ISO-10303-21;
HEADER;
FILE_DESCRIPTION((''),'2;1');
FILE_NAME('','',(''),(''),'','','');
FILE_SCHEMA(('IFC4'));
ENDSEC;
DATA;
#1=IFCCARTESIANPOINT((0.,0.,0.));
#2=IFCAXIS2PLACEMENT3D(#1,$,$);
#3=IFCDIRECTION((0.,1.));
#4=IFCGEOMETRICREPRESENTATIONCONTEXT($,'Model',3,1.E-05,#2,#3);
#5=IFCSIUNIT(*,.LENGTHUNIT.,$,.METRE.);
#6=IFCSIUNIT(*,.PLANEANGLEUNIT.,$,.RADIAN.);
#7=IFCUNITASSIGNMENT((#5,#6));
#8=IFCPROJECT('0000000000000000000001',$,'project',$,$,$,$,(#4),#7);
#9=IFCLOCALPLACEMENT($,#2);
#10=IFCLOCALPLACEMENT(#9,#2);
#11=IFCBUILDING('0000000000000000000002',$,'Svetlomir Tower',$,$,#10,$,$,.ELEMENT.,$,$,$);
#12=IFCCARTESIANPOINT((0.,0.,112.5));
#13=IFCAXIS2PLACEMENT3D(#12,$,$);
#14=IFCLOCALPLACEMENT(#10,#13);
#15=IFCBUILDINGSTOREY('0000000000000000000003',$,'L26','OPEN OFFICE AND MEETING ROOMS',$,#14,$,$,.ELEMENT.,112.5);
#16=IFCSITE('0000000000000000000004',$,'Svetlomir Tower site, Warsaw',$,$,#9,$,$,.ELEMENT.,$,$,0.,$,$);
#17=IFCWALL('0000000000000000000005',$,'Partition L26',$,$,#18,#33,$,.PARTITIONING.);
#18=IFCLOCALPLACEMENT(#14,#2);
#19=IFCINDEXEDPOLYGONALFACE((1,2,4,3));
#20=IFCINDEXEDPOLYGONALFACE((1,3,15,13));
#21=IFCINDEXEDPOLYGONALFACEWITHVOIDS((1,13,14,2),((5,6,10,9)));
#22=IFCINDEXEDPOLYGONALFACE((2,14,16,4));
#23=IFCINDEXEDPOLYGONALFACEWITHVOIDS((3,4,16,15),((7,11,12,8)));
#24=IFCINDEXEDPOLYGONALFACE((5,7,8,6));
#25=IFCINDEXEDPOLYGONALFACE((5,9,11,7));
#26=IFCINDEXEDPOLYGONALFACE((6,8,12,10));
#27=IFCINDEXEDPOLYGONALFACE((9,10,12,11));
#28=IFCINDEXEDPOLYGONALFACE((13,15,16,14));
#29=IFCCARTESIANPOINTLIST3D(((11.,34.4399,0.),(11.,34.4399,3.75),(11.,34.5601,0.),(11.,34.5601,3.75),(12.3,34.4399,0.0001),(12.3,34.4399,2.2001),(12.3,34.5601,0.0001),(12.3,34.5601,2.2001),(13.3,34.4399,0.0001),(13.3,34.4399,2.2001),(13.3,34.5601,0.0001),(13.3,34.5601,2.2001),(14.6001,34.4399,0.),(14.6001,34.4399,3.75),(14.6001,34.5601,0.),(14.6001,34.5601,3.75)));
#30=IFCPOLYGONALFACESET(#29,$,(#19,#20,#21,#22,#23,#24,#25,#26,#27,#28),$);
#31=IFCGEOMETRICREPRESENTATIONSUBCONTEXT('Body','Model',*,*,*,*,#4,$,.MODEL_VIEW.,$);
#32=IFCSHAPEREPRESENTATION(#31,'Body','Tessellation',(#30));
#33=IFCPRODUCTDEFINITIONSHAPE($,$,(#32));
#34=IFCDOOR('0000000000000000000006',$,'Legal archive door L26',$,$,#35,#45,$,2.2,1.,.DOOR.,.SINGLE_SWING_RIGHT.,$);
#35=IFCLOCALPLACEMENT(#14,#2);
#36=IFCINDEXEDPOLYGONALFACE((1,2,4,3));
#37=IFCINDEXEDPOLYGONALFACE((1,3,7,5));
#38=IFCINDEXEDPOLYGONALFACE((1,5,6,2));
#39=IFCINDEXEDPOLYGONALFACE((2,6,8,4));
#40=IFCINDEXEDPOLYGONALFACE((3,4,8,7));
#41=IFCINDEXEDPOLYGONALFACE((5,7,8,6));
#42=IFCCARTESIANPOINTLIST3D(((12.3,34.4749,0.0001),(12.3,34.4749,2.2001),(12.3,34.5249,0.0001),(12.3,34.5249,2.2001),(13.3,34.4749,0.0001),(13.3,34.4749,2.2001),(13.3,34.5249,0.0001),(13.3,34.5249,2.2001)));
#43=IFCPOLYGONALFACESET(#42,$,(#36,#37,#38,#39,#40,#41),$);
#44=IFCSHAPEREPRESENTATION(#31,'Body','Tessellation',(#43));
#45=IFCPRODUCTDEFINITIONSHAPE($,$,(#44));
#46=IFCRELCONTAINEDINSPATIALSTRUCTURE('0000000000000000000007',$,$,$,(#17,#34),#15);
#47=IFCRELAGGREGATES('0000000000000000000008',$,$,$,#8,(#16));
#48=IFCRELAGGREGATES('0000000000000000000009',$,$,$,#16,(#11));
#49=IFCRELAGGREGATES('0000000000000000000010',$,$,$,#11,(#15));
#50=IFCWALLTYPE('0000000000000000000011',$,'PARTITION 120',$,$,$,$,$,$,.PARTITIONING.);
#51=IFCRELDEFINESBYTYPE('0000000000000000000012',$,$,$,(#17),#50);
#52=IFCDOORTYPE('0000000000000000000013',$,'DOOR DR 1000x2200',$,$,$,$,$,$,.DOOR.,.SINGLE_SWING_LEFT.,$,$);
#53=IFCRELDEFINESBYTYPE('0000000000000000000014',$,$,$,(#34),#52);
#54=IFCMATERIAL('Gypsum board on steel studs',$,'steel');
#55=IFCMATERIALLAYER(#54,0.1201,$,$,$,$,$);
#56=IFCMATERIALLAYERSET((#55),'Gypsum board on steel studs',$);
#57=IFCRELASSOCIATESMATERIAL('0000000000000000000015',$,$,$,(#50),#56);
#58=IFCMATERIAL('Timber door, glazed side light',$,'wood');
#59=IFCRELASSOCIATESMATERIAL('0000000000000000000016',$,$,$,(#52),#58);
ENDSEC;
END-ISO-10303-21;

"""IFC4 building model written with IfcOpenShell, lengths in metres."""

from ifc_helpers import new_model, si_unit, direction, frame, frame_2d, origin, place, context, subcontext, project, spatial, rectangle, extrude, material, layer, layer_set, type_object, element, fill, save


model = new_model("IFC4")

# Units and contexts
model_context = context("Model", 3, precision=1e-05, world=origin(), true_north=direction((0.0, 1.0)))
body_context = subcontext(model_context, "Body", "Model", "MODEL_VIEW")
ifc_project = project(units=[si_unit("LENGTHUNIT", "METRE"), si_unit("PLANEANGLEUNIT", "RADIAN")], contexts=[model_context])

# Site, building, storey
site_placement = place(None, origin())
site = spatial("IfcSite", under=ifc_project, at=site_placement, Name="Svetlomir Tower site, Warsaw", CompositionType="ELEMENT", RefElevation=0.0)
building_placement = place(site_placement, origin())
building = spatial("IfcBuilding", under=site, at=building_placement, Name="Svetlomir Tower", CompositionType="ELEMENT")
storey_placement = place(building_placement, frame((0.0, 0.0, 112.5)))
storey = spatial("IfcBuildingStorey", under=building, at=storey_placement, Name="L26", Description="OPEN OFFICE AND MEETING ROOMS", CompositionType="ELEMENT", Elevation=112.5)

# Wall, opening, door
ifc_material_1 = material(Name="Gypsum board on steel studs", Category="steel")
ifc_layer_1 = layer(ifc_material_1, 0.1201)
ifc_layer_set_1 = layer_set([ifc_layer_1], Name="Gypsum board on steel studs")
wall_type = type_object("IfcWallType", Name="PARTITION 120", PredefinedType="PARTITIONING", material=ifc_layer_set_1)
wall_placement = place(storey_placement, frame((11.0, 34.5, 0.0), z_axis=(0.0, 0.0, 1.0), x_axis=(1.0, 0.0, 0.0)))
wall = element("IfcWall", 1, at=wall_placement, inside=storey, type_object=wall_type, Name="Partition L26", PredefinedType="PARTITIONING", context=body_context, shape_type="SweptSolid", body=[
    extrude(rectangle(XDim=3.6001, YDim=0.1201, at=frame_2d((1.8, 0.0))), origin(), (0.0, 0.0, 1.0), 3.75),
])
opening_placement = place(wall_placement, frame((1.3, 0.0, 0.0)))
opening = element("IfcOpeningElement", 2, at=opening_placement, cuts=wall, PredefinedType="OPENING", context=body_context, shape_type="SweptSolid", body=[
    extrude(rectangle(XDim=1.0, YDim=2.2, at=frame_2d((0.5, 1.1001))), frame((0.0, 0.0701, 0.0), z_axis=(0.0, -1.0, 0.0), x_axis=(1.0, 0.0, 0.0)), (0.0, 0.0, 1.0), 0.1401),
])
ifc_material_2 = material(Name="Timber door, glazed side light", Category="wood")
door_type = type_object("IfcDoorType", Name="DOOR DR 1000x2200", OperationType="SINGLE_SWING_LEFT", PredefinedType="DOOR", material=ifc_material_2)
door_placement = place(opening_placement, origin())
door = element("IfcDoor", 3, at=door_placement, inside=storey, type_object=door_type, Name="Legal archive door L26", OperationType="SINGLE_SWING_RIGHT", OverallHeight=2.2, OverallWidth=1.0, PredefinedType="DOOR", context=body_context, shape_type="SweptSolid", body=[
    extrude(rectangle(XDim=1.0, YDim=2.2, at=frame_2d((0.5, 1.1001))), frame((0.0, 0.0249, 0.0), z_axis=(0.0, -1.0, 0.0), x_axis=(1.0, 0.0, 0.0)), (0.0, 0.0, 1.0), 0.05),
])
fill(opening, door)

save(model, "model.ifc")
